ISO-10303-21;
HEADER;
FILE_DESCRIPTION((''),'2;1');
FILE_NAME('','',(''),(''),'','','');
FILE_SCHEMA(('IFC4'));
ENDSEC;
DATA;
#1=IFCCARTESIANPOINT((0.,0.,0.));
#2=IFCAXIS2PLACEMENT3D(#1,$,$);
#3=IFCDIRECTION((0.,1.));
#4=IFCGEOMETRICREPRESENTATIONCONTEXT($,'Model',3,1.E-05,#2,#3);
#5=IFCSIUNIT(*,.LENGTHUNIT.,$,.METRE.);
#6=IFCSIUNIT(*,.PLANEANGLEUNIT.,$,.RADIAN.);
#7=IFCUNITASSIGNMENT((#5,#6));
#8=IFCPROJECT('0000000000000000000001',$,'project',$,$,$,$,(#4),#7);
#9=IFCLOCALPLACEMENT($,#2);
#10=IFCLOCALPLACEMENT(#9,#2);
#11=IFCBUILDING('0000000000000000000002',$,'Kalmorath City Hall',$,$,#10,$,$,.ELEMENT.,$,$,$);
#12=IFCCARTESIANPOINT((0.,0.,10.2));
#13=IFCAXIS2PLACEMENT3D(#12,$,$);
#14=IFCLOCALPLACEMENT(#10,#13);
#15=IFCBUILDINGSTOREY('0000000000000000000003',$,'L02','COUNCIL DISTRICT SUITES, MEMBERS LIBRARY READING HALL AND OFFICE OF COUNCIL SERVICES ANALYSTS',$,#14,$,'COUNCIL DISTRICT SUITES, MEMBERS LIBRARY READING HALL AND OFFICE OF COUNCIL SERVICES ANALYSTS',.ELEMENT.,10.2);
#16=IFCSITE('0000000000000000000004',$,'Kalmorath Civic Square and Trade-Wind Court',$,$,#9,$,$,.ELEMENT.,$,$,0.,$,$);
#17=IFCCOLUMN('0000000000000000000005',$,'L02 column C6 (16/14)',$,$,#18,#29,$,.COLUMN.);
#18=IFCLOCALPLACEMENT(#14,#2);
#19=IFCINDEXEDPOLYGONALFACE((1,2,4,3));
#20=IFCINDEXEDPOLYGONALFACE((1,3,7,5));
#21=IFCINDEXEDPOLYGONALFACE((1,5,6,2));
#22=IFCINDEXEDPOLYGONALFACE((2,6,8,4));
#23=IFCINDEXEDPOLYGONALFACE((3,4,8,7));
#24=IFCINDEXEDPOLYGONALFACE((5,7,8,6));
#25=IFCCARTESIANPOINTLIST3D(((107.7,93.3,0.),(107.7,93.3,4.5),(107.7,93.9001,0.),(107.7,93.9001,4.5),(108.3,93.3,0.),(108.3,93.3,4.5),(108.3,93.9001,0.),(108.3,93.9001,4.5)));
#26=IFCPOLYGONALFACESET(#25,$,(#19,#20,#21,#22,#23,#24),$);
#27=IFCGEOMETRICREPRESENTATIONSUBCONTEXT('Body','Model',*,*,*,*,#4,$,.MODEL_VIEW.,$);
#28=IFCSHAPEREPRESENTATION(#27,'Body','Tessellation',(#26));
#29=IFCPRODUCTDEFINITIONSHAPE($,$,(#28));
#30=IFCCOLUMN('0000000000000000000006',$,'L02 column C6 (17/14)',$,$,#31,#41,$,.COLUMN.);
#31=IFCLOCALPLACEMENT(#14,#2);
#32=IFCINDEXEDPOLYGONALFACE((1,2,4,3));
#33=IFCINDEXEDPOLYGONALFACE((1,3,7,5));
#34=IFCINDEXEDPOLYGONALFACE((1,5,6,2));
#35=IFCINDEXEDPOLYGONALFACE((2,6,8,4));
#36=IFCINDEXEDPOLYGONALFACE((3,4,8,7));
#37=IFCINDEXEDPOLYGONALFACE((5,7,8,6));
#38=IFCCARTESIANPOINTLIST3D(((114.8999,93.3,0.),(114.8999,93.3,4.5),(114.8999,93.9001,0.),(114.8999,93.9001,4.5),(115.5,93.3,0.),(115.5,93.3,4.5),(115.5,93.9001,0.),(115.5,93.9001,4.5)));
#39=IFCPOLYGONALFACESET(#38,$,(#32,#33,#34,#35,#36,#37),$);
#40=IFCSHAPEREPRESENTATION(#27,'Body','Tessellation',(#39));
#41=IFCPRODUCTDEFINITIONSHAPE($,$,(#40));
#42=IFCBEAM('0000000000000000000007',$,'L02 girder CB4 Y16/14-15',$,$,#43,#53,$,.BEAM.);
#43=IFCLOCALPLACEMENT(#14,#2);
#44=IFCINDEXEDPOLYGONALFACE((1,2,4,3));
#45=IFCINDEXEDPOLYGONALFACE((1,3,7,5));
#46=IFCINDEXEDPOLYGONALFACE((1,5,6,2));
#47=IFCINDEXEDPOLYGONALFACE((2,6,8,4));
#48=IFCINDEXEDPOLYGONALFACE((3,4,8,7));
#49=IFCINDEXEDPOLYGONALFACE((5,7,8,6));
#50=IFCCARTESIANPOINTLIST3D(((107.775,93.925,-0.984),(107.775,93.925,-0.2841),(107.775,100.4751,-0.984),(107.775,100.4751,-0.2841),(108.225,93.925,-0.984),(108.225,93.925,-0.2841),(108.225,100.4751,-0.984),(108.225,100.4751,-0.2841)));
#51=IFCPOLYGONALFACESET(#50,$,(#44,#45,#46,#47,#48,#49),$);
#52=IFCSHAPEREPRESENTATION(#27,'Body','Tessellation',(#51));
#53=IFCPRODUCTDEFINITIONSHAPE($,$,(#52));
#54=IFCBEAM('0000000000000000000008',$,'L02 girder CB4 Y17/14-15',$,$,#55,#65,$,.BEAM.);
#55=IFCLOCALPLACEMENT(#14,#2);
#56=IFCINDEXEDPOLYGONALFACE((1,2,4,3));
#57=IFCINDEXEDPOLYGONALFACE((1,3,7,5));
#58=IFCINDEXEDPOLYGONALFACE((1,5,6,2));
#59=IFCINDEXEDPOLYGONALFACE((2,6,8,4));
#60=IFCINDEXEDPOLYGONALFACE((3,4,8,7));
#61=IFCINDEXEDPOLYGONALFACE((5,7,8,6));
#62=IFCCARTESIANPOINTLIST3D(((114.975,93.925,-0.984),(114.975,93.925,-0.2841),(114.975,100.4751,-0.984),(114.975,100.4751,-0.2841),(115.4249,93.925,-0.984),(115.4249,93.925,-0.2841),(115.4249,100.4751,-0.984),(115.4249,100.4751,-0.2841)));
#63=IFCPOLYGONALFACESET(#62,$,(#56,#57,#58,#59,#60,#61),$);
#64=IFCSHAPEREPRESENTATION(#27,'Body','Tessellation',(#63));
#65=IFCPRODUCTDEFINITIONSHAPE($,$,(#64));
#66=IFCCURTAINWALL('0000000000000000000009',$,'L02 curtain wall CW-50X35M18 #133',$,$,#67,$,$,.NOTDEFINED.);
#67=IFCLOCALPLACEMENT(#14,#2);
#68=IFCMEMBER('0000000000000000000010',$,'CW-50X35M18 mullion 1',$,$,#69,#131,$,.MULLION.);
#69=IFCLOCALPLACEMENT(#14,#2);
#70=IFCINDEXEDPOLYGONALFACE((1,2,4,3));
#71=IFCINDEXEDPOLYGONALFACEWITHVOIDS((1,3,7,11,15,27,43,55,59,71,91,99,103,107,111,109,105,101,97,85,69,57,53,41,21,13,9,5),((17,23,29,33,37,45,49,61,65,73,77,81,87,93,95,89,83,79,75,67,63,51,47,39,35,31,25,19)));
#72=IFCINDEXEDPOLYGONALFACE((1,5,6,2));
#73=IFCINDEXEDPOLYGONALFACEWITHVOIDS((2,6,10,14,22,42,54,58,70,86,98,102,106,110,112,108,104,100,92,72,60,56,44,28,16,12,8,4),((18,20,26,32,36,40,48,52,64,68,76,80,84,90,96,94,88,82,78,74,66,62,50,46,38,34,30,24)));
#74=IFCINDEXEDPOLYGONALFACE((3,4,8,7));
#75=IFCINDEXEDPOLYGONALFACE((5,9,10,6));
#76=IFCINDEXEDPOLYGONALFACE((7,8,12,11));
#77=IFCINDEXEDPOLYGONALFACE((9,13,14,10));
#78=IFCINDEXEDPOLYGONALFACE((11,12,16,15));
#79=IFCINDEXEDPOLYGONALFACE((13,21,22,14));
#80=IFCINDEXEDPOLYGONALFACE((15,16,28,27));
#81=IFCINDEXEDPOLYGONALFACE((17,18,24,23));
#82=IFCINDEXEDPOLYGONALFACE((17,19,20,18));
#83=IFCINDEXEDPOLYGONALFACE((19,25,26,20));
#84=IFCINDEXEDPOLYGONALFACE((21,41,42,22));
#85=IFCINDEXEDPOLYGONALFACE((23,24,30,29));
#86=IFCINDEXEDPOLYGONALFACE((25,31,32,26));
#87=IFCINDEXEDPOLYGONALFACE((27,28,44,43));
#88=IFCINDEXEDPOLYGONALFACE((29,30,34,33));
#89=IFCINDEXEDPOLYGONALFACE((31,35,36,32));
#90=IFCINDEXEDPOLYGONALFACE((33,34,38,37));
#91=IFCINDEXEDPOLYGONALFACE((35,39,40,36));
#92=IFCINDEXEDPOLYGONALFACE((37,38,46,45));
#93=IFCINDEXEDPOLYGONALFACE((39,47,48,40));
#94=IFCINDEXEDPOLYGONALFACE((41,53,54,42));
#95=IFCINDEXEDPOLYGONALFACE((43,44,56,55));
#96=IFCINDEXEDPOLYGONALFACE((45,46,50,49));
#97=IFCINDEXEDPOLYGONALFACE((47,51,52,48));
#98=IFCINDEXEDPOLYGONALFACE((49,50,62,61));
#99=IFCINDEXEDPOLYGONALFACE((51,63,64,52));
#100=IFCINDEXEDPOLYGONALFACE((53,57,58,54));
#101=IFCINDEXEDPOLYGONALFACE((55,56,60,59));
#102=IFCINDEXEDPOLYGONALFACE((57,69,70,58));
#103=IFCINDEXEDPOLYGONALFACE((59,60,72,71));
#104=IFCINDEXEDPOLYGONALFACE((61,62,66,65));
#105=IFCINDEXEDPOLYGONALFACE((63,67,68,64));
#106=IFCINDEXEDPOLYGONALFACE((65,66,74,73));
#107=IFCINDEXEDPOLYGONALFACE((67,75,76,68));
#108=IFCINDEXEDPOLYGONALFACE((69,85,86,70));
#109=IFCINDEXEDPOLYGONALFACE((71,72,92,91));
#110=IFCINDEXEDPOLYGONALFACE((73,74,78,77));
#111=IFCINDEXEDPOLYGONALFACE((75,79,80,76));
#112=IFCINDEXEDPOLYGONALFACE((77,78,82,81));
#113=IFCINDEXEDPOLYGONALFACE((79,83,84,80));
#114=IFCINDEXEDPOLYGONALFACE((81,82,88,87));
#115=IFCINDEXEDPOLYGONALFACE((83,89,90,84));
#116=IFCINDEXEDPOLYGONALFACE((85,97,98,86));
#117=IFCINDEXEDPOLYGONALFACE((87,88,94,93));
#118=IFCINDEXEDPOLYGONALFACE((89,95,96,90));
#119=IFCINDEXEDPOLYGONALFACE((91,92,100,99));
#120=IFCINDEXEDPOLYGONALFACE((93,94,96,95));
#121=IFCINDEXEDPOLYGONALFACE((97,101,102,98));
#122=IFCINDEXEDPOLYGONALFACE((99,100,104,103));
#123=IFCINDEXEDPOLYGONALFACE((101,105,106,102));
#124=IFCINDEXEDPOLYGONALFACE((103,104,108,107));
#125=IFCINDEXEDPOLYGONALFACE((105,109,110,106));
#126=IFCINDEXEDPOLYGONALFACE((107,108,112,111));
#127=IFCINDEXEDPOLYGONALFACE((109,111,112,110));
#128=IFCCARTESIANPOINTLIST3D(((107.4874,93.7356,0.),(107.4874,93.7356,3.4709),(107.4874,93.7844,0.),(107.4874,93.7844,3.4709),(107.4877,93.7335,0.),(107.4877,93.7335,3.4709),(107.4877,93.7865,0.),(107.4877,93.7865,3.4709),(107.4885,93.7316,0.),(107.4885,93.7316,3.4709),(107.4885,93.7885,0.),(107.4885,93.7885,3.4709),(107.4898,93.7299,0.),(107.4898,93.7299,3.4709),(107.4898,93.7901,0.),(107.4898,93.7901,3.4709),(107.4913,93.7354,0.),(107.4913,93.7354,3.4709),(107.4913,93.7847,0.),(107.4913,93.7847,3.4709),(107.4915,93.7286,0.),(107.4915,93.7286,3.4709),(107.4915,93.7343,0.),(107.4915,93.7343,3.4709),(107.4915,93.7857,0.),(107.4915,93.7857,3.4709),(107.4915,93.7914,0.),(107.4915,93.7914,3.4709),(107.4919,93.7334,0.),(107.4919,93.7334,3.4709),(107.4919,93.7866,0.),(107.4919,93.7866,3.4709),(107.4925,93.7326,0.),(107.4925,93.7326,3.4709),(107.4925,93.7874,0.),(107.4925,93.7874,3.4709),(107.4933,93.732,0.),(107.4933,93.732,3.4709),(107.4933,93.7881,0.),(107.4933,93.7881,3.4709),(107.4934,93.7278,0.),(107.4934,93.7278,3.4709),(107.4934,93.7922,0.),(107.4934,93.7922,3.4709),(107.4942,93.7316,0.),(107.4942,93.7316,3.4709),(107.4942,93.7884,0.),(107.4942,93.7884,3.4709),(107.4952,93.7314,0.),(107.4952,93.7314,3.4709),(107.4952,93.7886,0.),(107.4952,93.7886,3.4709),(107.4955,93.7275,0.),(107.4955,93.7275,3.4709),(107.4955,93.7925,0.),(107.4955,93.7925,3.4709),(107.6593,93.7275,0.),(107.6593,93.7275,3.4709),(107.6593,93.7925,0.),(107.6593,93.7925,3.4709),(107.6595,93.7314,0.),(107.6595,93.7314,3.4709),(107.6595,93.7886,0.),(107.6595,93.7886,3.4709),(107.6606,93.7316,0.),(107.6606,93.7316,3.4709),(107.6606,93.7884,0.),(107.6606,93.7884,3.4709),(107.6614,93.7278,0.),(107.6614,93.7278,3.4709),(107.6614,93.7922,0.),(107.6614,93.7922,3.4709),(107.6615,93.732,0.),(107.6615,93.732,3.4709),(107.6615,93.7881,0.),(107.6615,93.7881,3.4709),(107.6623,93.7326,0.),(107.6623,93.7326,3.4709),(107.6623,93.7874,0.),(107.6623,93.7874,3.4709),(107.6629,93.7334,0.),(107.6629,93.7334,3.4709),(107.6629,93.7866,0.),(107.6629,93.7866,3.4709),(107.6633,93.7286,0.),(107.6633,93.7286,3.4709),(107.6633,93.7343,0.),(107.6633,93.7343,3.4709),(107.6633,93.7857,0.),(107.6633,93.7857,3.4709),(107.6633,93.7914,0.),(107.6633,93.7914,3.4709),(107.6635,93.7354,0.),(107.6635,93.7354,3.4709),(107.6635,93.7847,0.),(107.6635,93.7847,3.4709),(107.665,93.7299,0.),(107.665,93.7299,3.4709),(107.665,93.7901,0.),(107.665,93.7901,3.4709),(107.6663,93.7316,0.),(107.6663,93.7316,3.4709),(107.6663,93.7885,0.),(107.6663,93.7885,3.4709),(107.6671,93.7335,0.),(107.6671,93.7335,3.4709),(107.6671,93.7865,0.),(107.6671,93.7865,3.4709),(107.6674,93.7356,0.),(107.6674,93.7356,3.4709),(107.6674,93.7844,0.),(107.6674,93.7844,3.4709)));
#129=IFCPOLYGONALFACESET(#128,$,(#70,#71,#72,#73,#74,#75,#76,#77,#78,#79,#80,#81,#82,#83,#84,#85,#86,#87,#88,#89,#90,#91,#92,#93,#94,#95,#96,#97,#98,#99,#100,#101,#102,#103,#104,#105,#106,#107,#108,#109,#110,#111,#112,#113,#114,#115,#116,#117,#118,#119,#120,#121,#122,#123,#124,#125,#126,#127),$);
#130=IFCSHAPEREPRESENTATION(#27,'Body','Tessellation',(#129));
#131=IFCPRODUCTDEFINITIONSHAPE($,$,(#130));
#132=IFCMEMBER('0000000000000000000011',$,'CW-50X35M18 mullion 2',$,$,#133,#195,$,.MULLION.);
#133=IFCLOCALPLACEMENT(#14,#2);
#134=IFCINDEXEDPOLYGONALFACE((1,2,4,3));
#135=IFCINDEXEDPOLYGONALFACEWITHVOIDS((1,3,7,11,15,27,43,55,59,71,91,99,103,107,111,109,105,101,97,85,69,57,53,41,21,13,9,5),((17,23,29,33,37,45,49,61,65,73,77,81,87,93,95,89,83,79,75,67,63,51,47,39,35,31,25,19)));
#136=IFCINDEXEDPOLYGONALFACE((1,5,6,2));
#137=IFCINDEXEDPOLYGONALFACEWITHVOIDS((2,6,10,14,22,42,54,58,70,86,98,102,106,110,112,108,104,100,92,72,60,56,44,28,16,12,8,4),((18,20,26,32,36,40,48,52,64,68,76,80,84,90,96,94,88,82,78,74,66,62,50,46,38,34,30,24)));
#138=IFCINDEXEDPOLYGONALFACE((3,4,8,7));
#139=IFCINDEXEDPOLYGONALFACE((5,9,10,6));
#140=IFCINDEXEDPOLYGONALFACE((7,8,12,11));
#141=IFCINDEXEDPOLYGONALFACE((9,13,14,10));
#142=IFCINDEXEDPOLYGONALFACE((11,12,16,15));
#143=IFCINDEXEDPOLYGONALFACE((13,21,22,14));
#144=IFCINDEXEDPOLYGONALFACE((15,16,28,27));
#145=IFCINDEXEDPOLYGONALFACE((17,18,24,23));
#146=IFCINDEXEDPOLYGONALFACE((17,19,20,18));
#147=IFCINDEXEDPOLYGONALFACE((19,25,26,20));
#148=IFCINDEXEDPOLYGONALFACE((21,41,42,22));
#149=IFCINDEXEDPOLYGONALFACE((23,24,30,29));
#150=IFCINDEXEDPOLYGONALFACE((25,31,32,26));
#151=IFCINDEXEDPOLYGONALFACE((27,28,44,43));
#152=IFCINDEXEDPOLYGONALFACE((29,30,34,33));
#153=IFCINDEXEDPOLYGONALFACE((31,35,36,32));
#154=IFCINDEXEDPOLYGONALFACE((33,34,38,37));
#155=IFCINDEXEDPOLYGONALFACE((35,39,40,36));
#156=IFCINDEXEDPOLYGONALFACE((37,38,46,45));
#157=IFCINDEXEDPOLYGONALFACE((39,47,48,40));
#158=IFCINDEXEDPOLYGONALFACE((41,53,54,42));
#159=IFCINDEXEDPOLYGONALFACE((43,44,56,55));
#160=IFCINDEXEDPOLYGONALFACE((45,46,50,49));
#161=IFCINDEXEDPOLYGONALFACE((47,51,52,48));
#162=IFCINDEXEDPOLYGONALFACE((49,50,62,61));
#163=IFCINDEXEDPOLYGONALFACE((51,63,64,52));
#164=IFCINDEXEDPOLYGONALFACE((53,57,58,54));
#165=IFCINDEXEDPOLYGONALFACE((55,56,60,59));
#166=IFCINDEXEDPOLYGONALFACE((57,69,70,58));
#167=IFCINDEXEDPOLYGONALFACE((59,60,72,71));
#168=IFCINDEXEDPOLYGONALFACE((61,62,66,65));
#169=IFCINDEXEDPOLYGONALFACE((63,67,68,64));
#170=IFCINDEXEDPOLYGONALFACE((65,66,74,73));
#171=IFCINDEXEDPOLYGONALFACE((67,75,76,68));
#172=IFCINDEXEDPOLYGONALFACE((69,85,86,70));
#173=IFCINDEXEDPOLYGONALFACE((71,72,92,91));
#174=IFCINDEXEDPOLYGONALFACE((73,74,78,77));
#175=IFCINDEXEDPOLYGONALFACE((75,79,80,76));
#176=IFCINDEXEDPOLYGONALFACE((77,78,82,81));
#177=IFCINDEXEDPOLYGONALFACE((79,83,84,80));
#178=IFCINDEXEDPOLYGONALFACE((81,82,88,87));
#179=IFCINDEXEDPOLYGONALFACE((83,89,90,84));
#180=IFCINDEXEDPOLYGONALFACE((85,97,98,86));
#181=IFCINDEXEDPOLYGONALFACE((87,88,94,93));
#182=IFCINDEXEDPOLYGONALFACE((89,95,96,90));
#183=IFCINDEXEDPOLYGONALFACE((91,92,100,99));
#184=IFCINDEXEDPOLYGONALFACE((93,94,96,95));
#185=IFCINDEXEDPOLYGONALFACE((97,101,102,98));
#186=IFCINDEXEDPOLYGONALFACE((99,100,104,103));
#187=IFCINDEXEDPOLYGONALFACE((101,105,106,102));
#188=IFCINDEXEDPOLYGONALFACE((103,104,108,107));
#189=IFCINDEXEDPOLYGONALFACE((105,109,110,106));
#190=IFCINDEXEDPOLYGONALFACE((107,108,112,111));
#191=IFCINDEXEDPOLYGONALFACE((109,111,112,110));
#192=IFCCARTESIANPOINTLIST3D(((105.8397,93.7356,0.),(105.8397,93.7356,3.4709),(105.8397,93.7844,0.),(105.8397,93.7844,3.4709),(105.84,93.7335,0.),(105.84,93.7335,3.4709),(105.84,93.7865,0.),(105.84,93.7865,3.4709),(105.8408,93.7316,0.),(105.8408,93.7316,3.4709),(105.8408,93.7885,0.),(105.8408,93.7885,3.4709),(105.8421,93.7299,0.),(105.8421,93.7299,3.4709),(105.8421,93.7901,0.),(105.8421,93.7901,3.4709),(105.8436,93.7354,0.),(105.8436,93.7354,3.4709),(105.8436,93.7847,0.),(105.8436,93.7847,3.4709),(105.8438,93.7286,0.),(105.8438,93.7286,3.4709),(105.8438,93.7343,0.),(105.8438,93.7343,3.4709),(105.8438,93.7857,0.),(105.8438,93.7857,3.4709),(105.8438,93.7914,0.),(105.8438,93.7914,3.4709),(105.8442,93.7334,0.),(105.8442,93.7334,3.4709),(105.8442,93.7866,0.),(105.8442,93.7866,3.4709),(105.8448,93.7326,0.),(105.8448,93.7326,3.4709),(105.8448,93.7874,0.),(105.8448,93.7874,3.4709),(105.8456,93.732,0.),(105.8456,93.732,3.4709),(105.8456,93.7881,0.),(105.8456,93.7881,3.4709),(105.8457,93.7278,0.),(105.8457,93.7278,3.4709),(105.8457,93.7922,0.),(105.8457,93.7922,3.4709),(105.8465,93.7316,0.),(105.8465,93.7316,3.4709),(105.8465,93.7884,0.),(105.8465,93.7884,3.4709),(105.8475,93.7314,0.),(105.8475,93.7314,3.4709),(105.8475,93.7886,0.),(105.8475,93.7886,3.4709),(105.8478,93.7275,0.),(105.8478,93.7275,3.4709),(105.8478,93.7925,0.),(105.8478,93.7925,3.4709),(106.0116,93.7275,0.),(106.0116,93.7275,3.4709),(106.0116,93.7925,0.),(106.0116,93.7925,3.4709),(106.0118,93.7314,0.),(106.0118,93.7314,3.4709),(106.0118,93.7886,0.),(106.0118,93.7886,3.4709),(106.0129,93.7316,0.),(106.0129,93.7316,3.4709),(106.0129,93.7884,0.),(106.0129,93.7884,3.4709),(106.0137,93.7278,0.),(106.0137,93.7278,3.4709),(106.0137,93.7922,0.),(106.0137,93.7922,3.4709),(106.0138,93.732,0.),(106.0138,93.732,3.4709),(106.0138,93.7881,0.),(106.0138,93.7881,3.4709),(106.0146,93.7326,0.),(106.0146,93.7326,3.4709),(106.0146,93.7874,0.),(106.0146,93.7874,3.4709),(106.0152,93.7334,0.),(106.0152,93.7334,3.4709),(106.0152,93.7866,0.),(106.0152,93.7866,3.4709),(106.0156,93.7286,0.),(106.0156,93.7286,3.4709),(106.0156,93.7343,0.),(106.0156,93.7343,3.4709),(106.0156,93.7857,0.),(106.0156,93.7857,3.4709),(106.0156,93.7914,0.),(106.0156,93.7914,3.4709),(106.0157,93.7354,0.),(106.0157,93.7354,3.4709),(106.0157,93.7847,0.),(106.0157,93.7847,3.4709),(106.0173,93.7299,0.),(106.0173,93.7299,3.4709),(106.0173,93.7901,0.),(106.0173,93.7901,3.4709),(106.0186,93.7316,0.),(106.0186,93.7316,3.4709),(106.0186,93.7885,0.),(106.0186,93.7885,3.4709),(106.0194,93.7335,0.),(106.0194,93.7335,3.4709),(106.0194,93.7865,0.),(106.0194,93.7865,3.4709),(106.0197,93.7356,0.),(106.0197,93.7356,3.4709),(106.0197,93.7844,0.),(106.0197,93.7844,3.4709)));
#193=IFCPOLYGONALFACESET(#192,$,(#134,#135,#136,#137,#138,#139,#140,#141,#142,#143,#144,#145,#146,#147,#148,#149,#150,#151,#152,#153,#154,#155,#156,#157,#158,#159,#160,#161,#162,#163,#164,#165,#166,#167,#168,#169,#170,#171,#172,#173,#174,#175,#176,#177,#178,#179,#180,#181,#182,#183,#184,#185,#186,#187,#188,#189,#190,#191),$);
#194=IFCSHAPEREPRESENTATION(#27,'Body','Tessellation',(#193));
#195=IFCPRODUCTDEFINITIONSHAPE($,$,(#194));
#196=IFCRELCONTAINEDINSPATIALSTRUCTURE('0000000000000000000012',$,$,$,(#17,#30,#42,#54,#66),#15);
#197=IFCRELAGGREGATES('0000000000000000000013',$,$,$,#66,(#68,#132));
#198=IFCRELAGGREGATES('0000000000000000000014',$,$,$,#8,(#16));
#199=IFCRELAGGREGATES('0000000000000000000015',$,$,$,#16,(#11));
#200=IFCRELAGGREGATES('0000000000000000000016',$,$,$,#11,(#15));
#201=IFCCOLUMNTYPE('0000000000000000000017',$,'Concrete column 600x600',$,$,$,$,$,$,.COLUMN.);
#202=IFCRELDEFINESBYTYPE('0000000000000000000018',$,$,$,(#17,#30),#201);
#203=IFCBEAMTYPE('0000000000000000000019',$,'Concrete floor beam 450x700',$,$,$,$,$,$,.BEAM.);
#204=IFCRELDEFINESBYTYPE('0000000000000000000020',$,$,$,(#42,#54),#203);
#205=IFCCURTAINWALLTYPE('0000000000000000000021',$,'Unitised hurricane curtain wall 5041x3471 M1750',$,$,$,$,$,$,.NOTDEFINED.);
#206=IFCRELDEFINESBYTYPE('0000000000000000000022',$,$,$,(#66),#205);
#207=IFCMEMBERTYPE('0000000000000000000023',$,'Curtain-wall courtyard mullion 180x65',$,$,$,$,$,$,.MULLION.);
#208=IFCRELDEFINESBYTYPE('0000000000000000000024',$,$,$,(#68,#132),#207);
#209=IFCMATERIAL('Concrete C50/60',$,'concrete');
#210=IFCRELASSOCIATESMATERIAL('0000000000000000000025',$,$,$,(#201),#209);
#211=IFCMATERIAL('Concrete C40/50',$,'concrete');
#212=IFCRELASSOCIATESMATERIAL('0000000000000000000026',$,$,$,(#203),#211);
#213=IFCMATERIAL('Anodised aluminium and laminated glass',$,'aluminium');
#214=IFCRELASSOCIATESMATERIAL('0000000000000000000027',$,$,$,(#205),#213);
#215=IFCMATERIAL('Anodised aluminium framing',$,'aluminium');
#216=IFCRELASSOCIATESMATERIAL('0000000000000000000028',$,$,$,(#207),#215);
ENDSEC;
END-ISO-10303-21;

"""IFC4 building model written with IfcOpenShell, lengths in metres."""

from ifc_helpers import new_model, si_unit, direction, frame, origin, origin_2d, place, context, subcontext, project, spatial, rectangle, hollow_rectangle, extrude, material, material_profile, profile_set, type_object, element, aggregate, save


model = new_model("IFC4")

# Units and contexts
model_context = context("Model", 3, precision=1e-05, world=origin(), true_north=direction((0.0, 1.0)))
body_context = subcontext(model_context, "Body", "Model", "MODEL_VIEW")
ifc_project = project(units=[si_unit("LENGTHUNIT", "METRE"), si_unit("PLANEANGLEUNIT", "RADIAN")], contexts=[model_context])

# Site, building, storey
site_placement = place(None, origin())
site = spatial("IfcSite", under=ifc_project, at=site_placement, Name="Kalmorath Civic Square and Trade-Wind Court", CompositionType="ELEMENT", RefElevation=0.0)
building_placement = place(site_placement, origin())
building = spatial("IfcBuilding", under=site, at=building_placement, Name="Kalmorath City Hall", CompositionType="ELEMENT")
storey_placement = place(building_placement, frame((0.0, 0.0, 10.2)))
storey = spatial("IfcBuildingStorey", under=building, at=storey_placement, Name="L02", Description="COUNCIL DISTRICT SUITES, MEMBERS LIBRARY READING HALL AND OFFICE OF COUNCIL SERVICES ANALYSTS", LongName="COUNCIL DISTRICT SUITES, MEMBERS LIBRARY READING HALL AND OFFICE OF COUNCIL SERVICES ANALYSTS", CompositionType="ELEMENT", Elevation=10.2)

# Columns
ifc_material_1 = material(Name="Concrete C50/60", Category="concrete")
ifc_material_profile_1 = material_profile(ifc_material_1, rectangle(XDim=0.6001, YDim=0.6001, at=origin_2d()), Name="RC-COL-600X600")
ifc_profile_set_1 = profile_set([ifc_material_profile_1], Name="Concrete C50/60")
column_type = type_object("IfcColumnType", Name="Concrete column 600x600", PredefinedType="COLUMN", material=ifc_profile_set_1)
for number, where, z_axis, x_axis, name in (
    (1, (108.0, 93.6001, 0.0), (0.0, 0.0, 1.0), (1.0, 0.0, 0.0), "L02 column C6 (16/14)"),
    (2, (115.2, 93.6001, 0.0), (0.0, 0.0, 1.0), (1.0, 0.0, 0.0), "L02 column C6 (17/14)"),
):
    element("IfcColumn", number, at=place(storey_placement, frame(where, z_axis=z_axis, x_axis=x_axis)), inside=storey, type_object=column_type, Name=name, PredefinedType="COLUMN", context=body_context, shape_type="SweptSolid", body=[
        extrude(rectangle(XDim=0.6001, YDim=0.6001, at=origin_2d()), origin(), (0.0, 0.0, 1.0), 4.5),
    ])

# Beams
ifc_material_2 = material(Name="Concrete C40/50", Category="concrete")
ifc_material_profile_2 = material_profile(ifc_material_2, rectangle(XDim=0.45, YDim=0.7, at=origin_2d()), Name="RC-BM-450X700")
ifc_profile_set_2 = profile_set([ifc_material_profile_2], Name="Concrete C40/50")
beam_type_1 = type_object("IfcBeamType", Name="Concrete floor beam 450x700", PredefinedType="BEAM", material=ifc_profile_set_2)
for number, where, z_axis, x_axis, name in (
    (3, (108.0, 93.925, -0.634), (0.0, 1.0, 0.0), (-1.0, 0.0, 0.0), "L02 girder CB4 Y16/14-15"),
    (4, (115.2, 93.925, -0.634), (0.0, 1.0, 0.0), (-1.0, 0.0, 0.0), "L02 girder CB4 Y17/14-15"),
):
    element("IfcBeam", number, at=place(storey_placement, frame(where, z_axis=z_axis, x_axis=x_axis)), inside=storey, type_object=beam_type_1, Name=name, PredefinedType="BEAM", context=body_context, shape_type="SweptSolid", body=[
        extrude(rectangle(XDim=0.45, YDim=0.7, at=origin_2d()), origin(), (0.0, 0.0, 1.0), 6.55),
    ])

# Curtain wall, members
ifc_material_3 = material(Name="Anodised aluminium and laminated glass", Category="aluminium")
curtain_wall_type_1 = type_object("IfcCurtainWallType", Name="Unitised hurricane curtain wall 5041x3471 M1750", PredefinedType="NOTDEFINED", material=ifc_material_3)
curtain_wall_1_placement = place(storey_placement, origin())
curtain_wall_1 = element("IfcCurtainWall", 5, at=curtain_wall_1_placement, inside=storey, type_object=curtain_wall_type_1, Name="L02 curtain wall CW-50X35M18 #133", PredefinedType="NOTDEFINED")
ifc_material_4 = material(Name="Anodised aluminium framing", Category="aluminium")
ifc_material_profile_3 = material_profile(ifc_material_4, hollow_rectangle(XDim=0.0649, YDim=0.1799, WallThickness=0.0039, InnerFilletRadius=0.0039, OuterFilletRadius=0.0081, at=origin_2d()), Name="ALU-MUL-180X65X4")
ifc_profile_set_3 = profile_set([ifc_material_profile_3], Name="Anodised aluminium framing")
member_type_1 = type_object("IfcMemberType", Name="Curtain-wall courtyard mullion 180x65", PredefinedType="MULLION", material=ifc_profile_set_3)
member_1_placement = place(storey_placement, frame((107.5774, 93.76, 0.0), z_axis=(0.0, 0.0, 1.0), x_axis=(0.0, -1.0, 0.0)))
member_1 = element("IfcMember", 6, at=member_1_placement, type_object=member_type_1, Name="CW-50X35M18 mullion 1", PredefinedType="MULLION", context=body_context, shape_type="SweptSolid", body=[
    extrude(hollow_rectangle(XDim=0.0649, YDim=0.1799, WallThickness=0.0039, InnerFilletRadius=0.0039, OuterFilletRadius=0.0081, at=origin_2d()), origin(), (0.0, 0.0, 1.0), 3.4709),
])
member_2_placement = place(storey_placement, frame((105.9297, 93.76, 0.0), z_axis=(0.0, 0.0, 1.0), x_axis=(0.0, -1.0, 0.0)))
member_2 = element("IfcMember", 7, at=member_2_placement, type_object=member_type_1, Name="CW-50X35M18 mullion 2", PredefinedType="MULLION", context=body_context, shape_type="SweptSolid", body=[
    extrude(hollow_rectangle(XDim=0.0649, YDim=0.1799, WallThickness=0.0039, InnerFilletRadius=0.0039, OuterFilletRadius=0.0081, at=origin_2d()), origin(), (0.0, 0.0, 1.0), 3.4709),
])

aggregate(curtain_wall_1, [member_1, member_2])

save(model, "model.ifc")
